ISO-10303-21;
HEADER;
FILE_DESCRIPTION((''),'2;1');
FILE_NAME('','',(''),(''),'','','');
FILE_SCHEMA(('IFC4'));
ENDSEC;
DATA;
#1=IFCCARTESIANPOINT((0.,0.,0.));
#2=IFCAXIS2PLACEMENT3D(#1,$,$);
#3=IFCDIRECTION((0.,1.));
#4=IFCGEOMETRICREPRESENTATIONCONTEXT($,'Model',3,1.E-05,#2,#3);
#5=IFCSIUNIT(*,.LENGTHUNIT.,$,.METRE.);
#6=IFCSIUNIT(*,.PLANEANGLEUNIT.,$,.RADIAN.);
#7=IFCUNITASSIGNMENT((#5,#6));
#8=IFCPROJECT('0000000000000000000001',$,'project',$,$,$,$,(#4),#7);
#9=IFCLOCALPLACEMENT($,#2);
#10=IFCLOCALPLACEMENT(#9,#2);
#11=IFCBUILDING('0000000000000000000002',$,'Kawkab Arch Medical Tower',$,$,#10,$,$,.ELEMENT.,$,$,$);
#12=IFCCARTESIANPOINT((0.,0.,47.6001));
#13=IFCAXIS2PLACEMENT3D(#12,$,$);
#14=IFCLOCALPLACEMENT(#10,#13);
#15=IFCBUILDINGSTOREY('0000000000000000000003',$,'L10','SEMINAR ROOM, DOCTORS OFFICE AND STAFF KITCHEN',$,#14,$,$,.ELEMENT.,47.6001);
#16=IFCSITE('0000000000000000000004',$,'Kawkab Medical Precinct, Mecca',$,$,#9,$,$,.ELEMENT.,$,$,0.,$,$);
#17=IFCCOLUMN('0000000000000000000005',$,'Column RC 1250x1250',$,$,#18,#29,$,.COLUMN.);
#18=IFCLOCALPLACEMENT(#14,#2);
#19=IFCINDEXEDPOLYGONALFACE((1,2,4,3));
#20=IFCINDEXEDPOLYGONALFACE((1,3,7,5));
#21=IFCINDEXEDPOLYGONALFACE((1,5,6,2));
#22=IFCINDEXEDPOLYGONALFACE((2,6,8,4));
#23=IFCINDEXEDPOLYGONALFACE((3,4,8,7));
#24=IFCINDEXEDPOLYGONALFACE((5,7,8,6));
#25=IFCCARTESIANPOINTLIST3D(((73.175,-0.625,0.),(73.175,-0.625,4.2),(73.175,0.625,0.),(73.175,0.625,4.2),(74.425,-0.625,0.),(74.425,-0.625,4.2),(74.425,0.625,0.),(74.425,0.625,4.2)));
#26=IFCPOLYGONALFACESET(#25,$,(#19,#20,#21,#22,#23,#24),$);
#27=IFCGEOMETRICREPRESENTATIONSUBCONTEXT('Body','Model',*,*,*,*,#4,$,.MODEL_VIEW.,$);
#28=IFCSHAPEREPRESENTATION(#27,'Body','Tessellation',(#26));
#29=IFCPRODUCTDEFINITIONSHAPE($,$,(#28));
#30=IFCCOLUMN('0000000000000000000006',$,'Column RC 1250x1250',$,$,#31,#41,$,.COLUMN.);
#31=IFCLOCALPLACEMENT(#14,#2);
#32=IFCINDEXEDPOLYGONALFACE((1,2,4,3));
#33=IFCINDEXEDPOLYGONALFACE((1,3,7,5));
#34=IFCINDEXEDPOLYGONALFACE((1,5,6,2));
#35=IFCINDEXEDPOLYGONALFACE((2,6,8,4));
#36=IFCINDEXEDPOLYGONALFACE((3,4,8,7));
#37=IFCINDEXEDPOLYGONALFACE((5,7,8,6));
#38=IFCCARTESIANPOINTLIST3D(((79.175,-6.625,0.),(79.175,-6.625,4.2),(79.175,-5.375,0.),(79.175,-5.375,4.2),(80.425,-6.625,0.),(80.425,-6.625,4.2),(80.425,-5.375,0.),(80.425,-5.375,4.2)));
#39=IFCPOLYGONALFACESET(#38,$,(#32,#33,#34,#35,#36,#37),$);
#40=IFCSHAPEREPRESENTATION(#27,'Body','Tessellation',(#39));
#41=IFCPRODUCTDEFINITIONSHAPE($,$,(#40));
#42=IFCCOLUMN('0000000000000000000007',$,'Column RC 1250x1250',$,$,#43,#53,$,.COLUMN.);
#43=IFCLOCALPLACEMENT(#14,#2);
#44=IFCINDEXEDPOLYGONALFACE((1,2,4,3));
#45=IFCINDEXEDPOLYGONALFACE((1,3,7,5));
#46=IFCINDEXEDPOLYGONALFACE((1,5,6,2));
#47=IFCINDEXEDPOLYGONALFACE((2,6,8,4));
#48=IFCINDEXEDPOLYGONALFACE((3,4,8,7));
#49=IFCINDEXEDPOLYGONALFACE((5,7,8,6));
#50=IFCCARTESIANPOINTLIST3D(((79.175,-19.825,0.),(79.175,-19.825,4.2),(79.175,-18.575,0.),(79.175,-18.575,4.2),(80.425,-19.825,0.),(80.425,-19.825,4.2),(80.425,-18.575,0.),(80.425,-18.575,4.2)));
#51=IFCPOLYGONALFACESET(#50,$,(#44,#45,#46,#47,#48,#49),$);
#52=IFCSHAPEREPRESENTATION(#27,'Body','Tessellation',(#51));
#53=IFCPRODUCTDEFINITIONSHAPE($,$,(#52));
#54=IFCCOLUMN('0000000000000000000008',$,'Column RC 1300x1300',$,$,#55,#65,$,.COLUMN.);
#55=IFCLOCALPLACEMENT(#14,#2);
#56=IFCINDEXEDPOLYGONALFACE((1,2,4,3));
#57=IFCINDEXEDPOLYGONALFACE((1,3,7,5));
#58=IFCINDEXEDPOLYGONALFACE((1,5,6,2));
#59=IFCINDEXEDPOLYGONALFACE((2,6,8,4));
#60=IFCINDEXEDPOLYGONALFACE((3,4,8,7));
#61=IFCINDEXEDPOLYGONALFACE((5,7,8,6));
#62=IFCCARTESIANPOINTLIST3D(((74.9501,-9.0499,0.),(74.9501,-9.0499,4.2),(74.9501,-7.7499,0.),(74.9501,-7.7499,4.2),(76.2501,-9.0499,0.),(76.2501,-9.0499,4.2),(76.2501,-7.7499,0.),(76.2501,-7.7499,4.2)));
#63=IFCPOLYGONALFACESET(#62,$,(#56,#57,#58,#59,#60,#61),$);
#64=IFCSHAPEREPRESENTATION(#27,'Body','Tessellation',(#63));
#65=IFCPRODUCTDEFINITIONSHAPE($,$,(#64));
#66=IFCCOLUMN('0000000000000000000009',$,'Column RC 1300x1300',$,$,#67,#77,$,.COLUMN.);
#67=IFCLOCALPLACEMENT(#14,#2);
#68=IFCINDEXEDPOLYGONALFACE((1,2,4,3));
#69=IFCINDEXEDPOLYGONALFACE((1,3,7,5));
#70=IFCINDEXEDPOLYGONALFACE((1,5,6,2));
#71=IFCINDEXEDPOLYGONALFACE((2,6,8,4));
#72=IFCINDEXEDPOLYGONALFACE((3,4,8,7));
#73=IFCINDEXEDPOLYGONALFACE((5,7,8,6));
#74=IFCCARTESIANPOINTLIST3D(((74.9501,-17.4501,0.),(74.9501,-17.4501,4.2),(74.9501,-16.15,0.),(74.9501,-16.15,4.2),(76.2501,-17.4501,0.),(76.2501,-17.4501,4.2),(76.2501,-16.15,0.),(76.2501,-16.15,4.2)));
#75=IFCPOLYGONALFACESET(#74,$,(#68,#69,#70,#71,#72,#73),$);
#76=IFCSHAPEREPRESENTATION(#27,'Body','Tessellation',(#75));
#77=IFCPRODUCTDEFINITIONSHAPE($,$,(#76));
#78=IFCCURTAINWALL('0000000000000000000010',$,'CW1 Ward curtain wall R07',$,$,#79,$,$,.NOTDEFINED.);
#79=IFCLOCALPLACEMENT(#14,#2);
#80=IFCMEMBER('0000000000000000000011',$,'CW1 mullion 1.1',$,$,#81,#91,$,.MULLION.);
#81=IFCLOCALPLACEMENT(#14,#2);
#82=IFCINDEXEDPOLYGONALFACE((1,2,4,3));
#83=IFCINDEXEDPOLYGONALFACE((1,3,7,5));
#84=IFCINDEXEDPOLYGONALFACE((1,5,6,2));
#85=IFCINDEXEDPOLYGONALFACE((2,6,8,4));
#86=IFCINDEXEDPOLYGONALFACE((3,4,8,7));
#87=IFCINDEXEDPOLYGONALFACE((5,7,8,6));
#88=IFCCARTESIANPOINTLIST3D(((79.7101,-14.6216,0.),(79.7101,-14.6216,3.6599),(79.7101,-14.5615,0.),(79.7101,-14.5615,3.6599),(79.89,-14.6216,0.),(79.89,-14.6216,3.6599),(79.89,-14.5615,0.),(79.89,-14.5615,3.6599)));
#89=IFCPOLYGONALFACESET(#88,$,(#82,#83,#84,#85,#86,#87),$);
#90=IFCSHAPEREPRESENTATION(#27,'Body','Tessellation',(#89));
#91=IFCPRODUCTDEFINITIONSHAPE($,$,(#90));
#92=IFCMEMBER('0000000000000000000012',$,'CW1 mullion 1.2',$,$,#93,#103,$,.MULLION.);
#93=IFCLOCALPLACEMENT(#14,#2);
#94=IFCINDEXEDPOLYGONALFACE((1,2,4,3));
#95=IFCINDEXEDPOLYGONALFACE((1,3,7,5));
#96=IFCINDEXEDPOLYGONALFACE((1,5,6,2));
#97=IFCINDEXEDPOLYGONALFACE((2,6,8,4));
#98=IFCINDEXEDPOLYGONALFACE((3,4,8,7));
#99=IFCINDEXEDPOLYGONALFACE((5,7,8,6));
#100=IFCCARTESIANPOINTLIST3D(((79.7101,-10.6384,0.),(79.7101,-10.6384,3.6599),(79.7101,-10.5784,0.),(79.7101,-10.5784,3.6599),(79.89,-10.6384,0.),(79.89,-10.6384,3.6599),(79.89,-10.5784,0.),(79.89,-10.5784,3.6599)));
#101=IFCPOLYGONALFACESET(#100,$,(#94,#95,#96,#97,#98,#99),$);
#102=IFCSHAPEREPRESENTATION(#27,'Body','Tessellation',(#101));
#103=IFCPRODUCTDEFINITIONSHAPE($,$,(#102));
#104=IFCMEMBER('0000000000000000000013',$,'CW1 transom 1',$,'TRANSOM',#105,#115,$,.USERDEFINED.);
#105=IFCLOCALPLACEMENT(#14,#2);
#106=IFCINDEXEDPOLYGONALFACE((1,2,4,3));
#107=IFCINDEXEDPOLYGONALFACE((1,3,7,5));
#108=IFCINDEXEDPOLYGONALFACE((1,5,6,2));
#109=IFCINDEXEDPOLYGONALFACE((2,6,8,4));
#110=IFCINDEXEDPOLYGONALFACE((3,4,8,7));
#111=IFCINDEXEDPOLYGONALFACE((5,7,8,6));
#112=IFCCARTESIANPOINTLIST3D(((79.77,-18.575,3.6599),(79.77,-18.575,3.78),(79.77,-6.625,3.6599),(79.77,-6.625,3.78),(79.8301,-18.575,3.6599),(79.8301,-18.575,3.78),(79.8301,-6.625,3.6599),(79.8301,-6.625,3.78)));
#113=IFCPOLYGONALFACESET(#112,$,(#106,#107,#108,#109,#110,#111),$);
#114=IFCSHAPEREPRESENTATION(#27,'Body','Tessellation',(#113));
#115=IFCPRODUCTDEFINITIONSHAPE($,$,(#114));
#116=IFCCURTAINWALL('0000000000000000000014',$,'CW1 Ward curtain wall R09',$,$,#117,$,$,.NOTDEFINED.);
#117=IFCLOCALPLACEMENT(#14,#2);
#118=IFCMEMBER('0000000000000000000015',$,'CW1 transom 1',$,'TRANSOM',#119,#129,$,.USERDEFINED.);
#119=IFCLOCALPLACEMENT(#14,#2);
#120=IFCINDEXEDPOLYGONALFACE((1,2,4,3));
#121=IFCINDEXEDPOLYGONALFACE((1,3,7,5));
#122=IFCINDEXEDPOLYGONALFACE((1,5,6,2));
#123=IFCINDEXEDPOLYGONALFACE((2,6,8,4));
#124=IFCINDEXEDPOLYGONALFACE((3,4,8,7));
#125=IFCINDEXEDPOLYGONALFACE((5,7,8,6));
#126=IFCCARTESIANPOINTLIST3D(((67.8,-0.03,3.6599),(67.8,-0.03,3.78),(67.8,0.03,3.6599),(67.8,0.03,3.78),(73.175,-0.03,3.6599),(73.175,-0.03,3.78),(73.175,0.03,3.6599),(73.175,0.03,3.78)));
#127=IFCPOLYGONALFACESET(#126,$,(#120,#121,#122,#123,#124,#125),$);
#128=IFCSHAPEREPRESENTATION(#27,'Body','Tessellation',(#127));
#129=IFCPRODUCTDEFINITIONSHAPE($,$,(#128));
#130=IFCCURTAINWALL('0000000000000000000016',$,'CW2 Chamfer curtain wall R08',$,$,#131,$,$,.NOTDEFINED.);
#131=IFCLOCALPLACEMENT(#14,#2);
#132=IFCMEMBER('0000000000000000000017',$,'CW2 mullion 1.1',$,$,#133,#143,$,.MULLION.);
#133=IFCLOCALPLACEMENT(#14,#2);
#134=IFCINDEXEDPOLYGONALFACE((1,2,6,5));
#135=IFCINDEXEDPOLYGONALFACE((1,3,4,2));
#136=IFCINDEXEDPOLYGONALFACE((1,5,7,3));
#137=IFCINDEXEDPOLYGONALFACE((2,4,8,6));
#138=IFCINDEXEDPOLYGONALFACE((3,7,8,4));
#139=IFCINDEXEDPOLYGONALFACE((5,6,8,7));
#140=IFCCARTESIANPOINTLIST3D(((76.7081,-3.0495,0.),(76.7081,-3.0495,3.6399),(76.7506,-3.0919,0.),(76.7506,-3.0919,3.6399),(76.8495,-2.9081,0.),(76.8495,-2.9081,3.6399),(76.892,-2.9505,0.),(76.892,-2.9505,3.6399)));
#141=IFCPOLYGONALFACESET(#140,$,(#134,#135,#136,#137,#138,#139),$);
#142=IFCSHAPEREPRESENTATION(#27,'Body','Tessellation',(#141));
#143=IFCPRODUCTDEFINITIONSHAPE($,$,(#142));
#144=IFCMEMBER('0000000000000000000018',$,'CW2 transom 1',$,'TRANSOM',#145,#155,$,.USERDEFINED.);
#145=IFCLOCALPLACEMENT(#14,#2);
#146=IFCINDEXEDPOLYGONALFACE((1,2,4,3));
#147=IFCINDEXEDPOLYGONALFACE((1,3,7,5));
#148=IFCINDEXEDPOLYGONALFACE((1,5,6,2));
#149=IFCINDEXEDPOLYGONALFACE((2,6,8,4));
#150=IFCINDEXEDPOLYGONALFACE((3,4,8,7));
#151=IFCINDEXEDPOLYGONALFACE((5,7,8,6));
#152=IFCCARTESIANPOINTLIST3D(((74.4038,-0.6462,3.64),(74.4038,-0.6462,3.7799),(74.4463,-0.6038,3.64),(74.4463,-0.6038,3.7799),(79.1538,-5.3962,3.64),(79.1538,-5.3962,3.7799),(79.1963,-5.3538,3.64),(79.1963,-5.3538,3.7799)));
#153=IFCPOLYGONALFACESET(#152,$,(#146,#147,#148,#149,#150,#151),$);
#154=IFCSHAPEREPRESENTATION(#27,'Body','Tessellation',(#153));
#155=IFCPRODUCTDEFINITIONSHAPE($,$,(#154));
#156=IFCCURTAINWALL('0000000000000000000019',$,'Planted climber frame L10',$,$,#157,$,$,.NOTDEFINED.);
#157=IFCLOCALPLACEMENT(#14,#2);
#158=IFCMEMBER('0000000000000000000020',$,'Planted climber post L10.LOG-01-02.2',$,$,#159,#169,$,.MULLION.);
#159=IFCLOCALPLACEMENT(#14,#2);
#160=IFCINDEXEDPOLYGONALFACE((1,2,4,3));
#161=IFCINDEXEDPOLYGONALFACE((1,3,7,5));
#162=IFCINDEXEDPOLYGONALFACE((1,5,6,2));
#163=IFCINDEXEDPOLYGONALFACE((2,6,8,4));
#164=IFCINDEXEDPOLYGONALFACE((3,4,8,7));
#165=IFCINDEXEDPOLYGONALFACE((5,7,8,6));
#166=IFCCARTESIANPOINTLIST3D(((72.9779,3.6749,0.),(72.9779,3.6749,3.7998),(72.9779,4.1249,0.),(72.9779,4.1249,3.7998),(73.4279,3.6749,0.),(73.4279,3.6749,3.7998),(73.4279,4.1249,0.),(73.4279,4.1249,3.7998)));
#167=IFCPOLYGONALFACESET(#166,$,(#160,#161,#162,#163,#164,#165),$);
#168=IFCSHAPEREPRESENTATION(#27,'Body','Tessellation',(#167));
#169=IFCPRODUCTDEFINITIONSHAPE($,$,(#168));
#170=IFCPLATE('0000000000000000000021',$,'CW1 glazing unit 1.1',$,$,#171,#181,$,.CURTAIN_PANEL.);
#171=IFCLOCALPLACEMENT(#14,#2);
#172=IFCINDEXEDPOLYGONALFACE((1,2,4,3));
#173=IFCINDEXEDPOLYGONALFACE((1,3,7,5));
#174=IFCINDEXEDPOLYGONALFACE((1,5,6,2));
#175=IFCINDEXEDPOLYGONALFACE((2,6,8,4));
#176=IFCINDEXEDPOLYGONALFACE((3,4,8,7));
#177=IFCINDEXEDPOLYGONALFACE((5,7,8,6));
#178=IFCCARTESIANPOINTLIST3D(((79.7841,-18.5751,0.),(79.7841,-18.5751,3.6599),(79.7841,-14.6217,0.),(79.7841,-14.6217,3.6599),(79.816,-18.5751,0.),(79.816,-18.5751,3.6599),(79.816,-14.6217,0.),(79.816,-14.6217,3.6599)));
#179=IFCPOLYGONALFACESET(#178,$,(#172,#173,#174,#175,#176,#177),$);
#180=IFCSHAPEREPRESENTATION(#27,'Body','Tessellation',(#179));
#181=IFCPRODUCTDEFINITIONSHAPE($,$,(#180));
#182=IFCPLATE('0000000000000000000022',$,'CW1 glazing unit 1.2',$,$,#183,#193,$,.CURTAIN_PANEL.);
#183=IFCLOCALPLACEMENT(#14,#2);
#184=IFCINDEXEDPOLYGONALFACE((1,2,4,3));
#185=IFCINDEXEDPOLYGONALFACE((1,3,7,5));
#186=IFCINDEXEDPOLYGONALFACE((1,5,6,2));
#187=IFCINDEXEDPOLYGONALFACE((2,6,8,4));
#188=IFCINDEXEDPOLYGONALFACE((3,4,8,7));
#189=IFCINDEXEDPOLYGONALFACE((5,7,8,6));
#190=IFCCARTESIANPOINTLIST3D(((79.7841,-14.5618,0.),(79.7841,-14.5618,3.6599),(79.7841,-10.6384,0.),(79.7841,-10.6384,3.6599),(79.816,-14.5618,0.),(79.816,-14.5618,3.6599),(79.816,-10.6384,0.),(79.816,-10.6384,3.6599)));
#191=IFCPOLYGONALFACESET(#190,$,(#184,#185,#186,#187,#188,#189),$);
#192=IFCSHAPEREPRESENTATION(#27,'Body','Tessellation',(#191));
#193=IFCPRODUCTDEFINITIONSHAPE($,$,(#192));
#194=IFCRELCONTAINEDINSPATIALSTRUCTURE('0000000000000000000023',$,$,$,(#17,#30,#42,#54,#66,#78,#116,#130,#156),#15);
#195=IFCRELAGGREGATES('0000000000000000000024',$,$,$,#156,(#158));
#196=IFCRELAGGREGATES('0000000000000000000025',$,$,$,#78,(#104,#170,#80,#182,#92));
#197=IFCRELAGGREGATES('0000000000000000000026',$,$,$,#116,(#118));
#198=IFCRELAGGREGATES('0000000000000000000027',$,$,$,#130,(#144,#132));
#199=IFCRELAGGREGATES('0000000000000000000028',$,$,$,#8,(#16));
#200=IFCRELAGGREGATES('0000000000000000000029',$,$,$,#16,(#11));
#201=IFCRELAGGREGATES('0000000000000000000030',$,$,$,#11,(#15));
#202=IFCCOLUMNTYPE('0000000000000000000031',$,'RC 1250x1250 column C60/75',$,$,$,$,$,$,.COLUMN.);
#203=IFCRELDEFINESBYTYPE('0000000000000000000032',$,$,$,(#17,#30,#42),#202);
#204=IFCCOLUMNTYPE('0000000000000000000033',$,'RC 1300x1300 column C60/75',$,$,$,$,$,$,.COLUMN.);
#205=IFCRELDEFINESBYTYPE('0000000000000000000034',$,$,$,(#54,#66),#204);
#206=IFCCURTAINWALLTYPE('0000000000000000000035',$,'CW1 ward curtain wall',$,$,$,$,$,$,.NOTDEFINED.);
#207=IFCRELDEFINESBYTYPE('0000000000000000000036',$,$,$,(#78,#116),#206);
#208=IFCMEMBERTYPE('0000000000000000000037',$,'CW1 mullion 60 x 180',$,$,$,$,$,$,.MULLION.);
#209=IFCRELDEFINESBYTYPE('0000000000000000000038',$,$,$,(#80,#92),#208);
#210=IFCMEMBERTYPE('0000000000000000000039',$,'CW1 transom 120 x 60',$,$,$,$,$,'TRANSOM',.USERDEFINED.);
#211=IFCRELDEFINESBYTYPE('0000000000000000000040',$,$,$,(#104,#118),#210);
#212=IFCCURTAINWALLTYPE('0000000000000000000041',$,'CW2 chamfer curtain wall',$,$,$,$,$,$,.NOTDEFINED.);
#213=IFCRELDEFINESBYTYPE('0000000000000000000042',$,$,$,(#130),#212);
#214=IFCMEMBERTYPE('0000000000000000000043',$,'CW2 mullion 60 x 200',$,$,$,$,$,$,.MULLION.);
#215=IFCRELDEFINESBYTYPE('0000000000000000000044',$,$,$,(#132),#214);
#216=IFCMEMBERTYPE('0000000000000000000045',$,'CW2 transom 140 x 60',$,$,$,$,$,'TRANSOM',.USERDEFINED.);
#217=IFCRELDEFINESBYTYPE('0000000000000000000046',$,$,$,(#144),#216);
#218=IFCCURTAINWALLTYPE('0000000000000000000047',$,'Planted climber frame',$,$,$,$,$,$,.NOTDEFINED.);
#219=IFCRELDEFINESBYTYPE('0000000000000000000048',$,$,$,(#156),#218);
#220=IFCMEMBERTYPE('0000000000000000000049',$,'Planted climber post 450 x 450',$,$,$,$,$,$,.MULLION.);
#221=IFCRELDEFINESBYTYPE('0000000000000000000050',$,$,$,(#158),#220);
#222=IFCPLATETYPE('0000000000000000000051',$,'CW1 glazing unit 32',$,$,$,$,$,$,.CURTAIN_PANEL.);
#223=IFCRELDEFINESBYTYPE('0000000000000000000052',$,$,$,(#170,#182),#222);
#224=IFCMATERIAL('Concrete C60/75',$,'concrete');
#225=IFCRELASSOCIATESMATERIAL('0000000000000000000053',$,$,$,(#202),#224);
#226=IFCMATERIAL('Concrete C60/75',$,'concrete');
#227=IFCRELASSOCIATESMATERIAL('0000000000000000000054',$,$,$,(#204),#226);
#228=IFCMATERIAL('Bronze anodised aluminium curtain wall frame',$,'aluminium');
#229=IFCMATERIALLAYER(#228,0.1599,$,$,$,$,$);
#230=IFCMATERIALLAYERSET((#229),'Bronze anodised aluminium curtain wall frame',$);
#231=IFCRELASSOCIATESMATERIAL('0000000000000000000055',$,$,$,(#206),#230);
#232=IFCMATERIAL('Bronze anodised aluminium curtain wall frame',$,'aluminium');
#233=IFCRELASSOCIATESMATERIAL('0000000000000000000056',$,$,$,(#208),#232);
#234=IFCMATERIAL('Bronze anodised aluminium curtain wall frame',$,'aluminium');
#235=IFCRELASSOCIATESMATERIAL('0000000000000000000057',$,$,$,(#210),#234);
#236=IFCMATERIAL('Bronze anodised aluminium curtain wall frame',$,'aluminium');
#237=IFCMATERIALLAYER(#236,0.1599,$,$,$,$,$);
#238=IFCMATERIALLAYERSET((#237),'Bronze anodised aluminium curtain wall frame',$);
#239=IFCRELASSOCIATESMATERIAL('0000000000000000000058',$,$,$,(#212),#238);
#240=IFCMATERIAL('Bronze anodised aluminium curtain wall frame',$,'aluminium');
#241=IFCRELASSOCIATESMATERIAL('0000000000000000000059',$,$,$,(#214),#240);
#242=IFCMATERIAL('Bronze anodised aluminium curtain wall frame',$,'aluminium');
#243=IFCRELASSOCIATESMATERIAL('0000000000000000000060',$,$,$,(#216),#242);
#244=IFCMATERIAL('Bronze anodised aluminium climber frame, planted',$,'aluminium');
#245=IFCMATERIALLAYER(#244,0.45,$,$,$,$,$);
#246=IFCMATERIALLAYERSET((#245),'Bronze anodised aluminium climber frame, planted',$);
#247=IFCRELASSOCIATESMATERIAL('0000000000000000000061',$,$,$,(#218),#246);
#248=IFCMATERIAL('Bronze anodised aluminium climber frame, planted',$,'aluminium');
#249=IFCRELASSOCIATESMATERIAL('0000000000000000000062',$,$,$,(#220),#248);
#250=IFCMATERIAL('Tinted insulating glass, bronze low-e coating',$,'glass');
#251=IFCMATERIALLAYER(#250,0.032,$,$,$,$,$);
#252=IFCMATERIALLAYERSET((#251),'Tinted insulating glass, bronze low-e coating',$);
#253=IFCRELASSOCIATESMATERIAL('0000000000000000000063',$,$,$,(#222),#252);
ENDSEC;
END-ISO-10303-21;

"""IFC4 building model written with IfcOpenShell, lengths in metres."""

from ifc_helpers import new_model, si_unit, direction, frame, origin, origin_2d, place, context, subcontext, project, spatial, rectangle, extrude, material, layer, layer_set, material_profile, profile_set, type_object, element, aggregate, save


model = new_model("IFC4")

# Units and contexts
model_context = context("Model", 3, precision=1e-05, world=origin(), true_north=direction((0.0, 1.0)))
body_context = subcontext(model_context, "Body", "Model", "MODEL_VIEW")
ifc_project = project(units=[si_unit("LENGTHUNIT", "METRE"), si_unit("PLANEANGLEUNIT", "RADIAN")], contexts=[model_context])

# Site, building, storey
site_placement = place(None, origin())
site = spatial("IfcSite", under=ifc_project, at=site_placement, Name="Kawkab Medical Precinct, Mecca", CompositionType="ELEMENT", RefElevation=0.0)
building_placement = place(site_placement, origin())
building = spatial("IfcBuilding", under=site, at=building_placement, Name="Kawkab Arch Medical Tower", CompositionType="ELEMENT")
storey_placement = place(building_placement, frame((0.0, 0.0, 47.6001)))
storey = spatial("IfcBuildingStorey", under=building, at=storey_placement, Name="L10", Description="SEMINAR ROOM, DOCTORS OFFICE AND STAFF KITCHEN", CompositionType="ELEMENT", Elevation=47.6001)

# Columns
ifc_material_1 = material(Name="Concrete C60/75", Category="concrete")
ifc_material_profile_1 = material_profile(ifc_material_1, rectangle(XDim=1.25, YDim=1.25, at=origin_2d()), Name="RC 1250x1250")
ifc_profile_set_1 = profile_set([ifc_material_profile_1], Name="Concrete C60/75")
column_type_1 = type_object("IfcColumnType", Name="RC 1250x1250 column C60/75", PredefinedType="COLUMN", material=ifc_profile_set_1)
for number, where, z_axis, x_axis, name in (
    (1, (73.8, 0.0, 0.0), (0.0, 0.0, 1.0), (1.0, 0.0, 0.0), "Column RC 1250x1250"),
    (2, (79.8, -6.0, 0.0), (0.0, 0.0, 1.0), (1.0, 0.0, 0.0), "Column RC 1250x1250"),
    (3, (79.8, -19.2, 0.0), (0.0, 0.0, 1.0), (1.0, 0.0, 0.0), "Column RC 1250x1250"),
):
    element("IfcColumn", number, at=place(storey_placement, frame(where, z_axis=z_axis, x_axis=x_axis)), inside=storey, type_object=column_type_1, Name=name, PredefinedType="COLUMN", context=body_context, shape_type="SweptSolid", body=[
        extrude(rectangle(XDim=1.25, YDim=1.25, at=origin_2d()), origin(), (0.0, 0.0, 1.0), 4.2),
    ])
ifc_material_2 = material(Name="Concrete C60/75", Category="concrete")
ifc_material_profile_2 = material_profile(ifc_material_2, rectangle(XDim=1.3, YDim=1.3, at=origin_2d()), Name="RC 1300x1300")
ifc_profile_set_2 = profile_set([ifc_material_profile_2], Name="Concrete C60/75")
column_type_2 = type_object("IfcColumnType", Name="RC 1300x1300 column C60/75", PredefinedType="COLUMN", material=ifc_profile_set_2)
for number, where, z_axis, x_axis, name in (
    (4, (75.6001, -8.3999, 0.0), (0.0, 0.0, 1.0), (1.0, 0.0, 0.0), "Column RC 1300x1300"),
    (5, (75.6001, -16.8, 0.0), (0.0, 0.0, 1.0), (1.0, 0.0, 0.0), "Column RC 1300x1300"),
):
    element("IfcColumn", number, at=place(storey_placement, frame(where, z_axis=z_axis, x_axis=x_axis)), inside=storey, type_object=column_type_2, Name=name, PredefinedType="COLUMN", context=body_context, shape_type="SweptSolid", body=[
        extrude(rectangle(XDim=1.3, YDim=1.3, at=origin_2d()), origin(), (0.0, 0.0, 1.0), 4.2),
    ])

# Curtain wall, members
ifc_material_3 = material(Name="Bronze anodised aluminium curtain wall frame", Category="aluminium")
ifc_layer_1 = layer(ifc_material_3, 0.1599)
ifc_layer_set_1 = layer_set([ifc_layer_1], Name="Bronze anodised aluminium curtain wall frame")
curtain_wall_type_1 = type_object("IfcCurtainWallType", Name="CW1 ward curtain wall", PredefinedType="NOTDEFINED", material=ifc_layer_set_1)
placement = place(storey_placement, origin())
curtain_wall_1 = element("IfcCurtainWall", 6, at=placement, inside=storey, type_object=curtain_wall_type_1, Name="CW1 Ward curtain wall R07", PredefinedType="NOTDEFINED")
ifc_material_4 = material(Name="Bronze anodised aluminium curtain wall frame", Category="aluminium")
ifc_material_profile_3 = material_profile(ifc_material_4, rectangle(XDim=0.1799, YDim=0.0601, at=origin_2d()), Name="AL 60x180")
ifc_profile_set_3 = profile_set([ifc_material_profile_3], Name="Bronze anodised aluminium curtain wall frame")
member_type_1 = type_object("IfcMemberType", Name="CW1 mullion 60 x 180", PredefinedType="MULLION", material=ifc_profile_set_3)
member_1_placement = place(storey_placement, frame((79.8, -14.5916, 0.0), z_axis=(0.0, 0.0, 1.0), x_axis=(-1.0, 0.0, 0.0)))
member_1 = element("IfcMember", 7, at=member_1_placement, type_object=member_type_1, Name="CW1 mullion 1.1", PredefinedType="MULLION", context=body_context, shape_type="SweptSolid", body=[
    extrude(rectangle(XDim=0.1799, YDim=0.0601, at=origin_2d()), origin(), (0.0, 0.0, 1.0), 3.6599),
])
member_2_placement = place(storey_placement, frame((79.8, -10.6084, 0.0), z_axis=(0.0, 0.0, 1.0), x_axis=(-1.0, 0.0, 0.0)))
member_2 = element("IfcMember", 8, at=member_2_placement, type_object=member_type_1, Name="CW1 mullion 1.2", PredefinedType="MULLION", context=body_context, shape_type="SweptSolid", body=[
    extrude(rectangle(XDim=0.1799, YDim=0.0601, at=origin_2d()), origin(), (0.0, 0.0, 1.0), 3.6599),
])
ifc_material_5 = material(Name="Bronze anodised aluminium curtain wall frame", Category="aluminium")
ifc_material_profile_4 = material_profile(ifc_material_5, rectangle(XDim=0.0601, YDim=0.1201, at=origin_2d()), Name="AL 60x120")
ifc_profile_set_4 = profile_set([ifc_material_profile_4], Name="Bronze anodised aluminium curtain wall frame")
member_type_2 = type_object("IfcMemberType", Name="CW1 transom 120 x 60", ElementType="TRANSOM", PredefinedType="USERDEFINED", material=ifc_profile_set_4)
member_3_placement = place(storey_placement, frame((79.8, -18.575, 3.72), z_axis=(0.0, 1.0, 0.0), x_axis=(-1.0, 0.0, 0.0)))
member_3 = element("IfcMember", 9, at=member_3_placement, type_object=member_type_2, Name="CW1 transom 1", ObjectType="TRANSOM", PredefinedType="USERDEFINED", context=body_context, shape_type="SweptSolid", body=[
    extrude(rectangle(XDim=0.0601, YDim=0.1201, at=origin_2d()), origin(), (0.0, 0.0, 1.0), 11.95),
])

# Curtain wall, member
curtain_wall_2 = element("IfcCurtainWall", 10, at=placement, inside=storey, type_object=curtain_wall_type_1, Name="CW1 Ward curtain wall R09", PredefinedType="NOTDEFINED")
member_4_placement = place(storey_placement, frame((73.175, 0.0, 3.72), z_axis=(-1.0, 0.0, 0.0), x_axis=(0.0, -1.0, 0.0)))
member_4 = element("IfcMember", 11, at=member_4_placement, type_object=member_type_2, Name="CW1 transom 1", ObjectType="TRANSOM", PredefinedType="USERDEFINED", context=body_context, shape_type="SweptSolid", body=[
    extrude(rectangle(XDim=0.0601, YDim=0.1201, at=origin_2d()), origin(), (0.0, 0.0, 1.0), 5.375),
])

# Curtain wall, members
ifc_material_6 = material(Name="Bronze anodised aluminium curtain wall frame", Category="aluminium")
ifc_layer_2 = layer(ifc_material_6, 0.1599)
ifc_layer_set_2 = layer_set([ifc_layer_2], Name="Bronze anodised aluminium curtain wall frame")
curtain_wall_type_2 = type_object("IfcCurtainWallType", Name="CW2 chamfer curtain wall", PredefinedType="NOTDEFINED", material=ifc_layer_set_2)
curtain_wall_3 = element("IfcCurtainWall", 12, at=placement, inside=storey, type_object=curtain_wall_type_2, Name="CW2 Chamfer curtain wall R08", PredefinedType="NOTDEFINED")
ifc_material_7 = material(Name="Bronze anodised aluminium curtain wall frame", Category="aluminium")
ifc_material_profile_5 = material_profile(ifc_material_7, rectangle(XDim=0.2, YDim=0.0601, at=origin_2d()), Name="AL 60x200")
ifc_profile_set_5 = profile_set([ifc_material_profile_5], Name="Bronze anodised aluminium curtain wall frame")
member_type_3 = type_object("IfcMemberType", Name="CW2 mullion 60 x 200", PredefinedType="MULLION", material=ifc_profile_set_5)
member_5_placement = place(storey_placement, frame((76.8, -3.0, 0.0), z_axis=(0.0, 0.0, 1.0), x_axis=(-0.707107, -0.707107, 0.0)))
member_5 = element("IfcMember", 13, at=member_5_placement, type_object=member_type_3, Name="CW2 mullion 1.1", PredefinedType="MULLION", context=body_context, shape_type="SweptSolid", body=[
    extrude(rectangle(XDim=0.2, YDim=0.0601, at=origin_2d()), origin(), (0.0, 0.0, 1.0), 3.6399),
])
ifc_material_8 = material(Name="Bronze anodised aluminium curtain wall frame", Category="aluminium")
ifc_material_profile_6 = material_profile(ifc_material_8, rectangle(XDim=0.0601, YDim=0.1399, at=origin_2d()), Name="AL 60x140")
ifc_profile_set_6 = profile_set([ifc_material_profile_6], Name="Bronze anodised aluminium curtain wall frame")
member_type_4 = type_object("IfcMemberType", Name="CW2 transom 140 x 60", ElementType="TRANSOM", PredefinedType="USERDEFINED", material=ifc_profile_set_6)
member_6_placement = place(storey_placement, frame((79.175, -5.375, 3.71), z_axis=(-0.707107, 0.707107, 0.0), x_axis=(-0.707107, -0.707107, 0.0)))
member_6 = element("IfcMember", 14, at=member_6_placement, type_object=member_type_4, Name="CW2 transom 1", ObjectType="TRANSOM", PredefinedType="USERDEFINED", context=body_context, shape_type="SweptSolid", body=[
    extrude(rectangle(XDim=0.0601, YDim=0.1399, at=origin_2d()), origin(), (0.0, 0.0, 1.0), 6.7175),
])

# Curtain wall, member
ifc_material_9 = material(Name="Bronze anodised aluminium climber frame, planted", Category="aluminium")
ifc_layer_3 = layer(ifc_material_9, 0.45)
ifc_layer_set_3 = layer_set([ifc_layer_3], Name="Bronze anodised aluminium climber frame, planted")
curtain_wall_type_3 = type_object("IfcCurtainWallType", Name="Planted climber frame", PredefinedType="NOTDEFINED", material=ifc_layer_set_3)
curtain_wall_4 = element("IfcCurtainWall", 15, at=placement, inside=storey, type_object=curtain_wall_type_3, Name="Planted climber frame L10", PredefinedType="NOTDEFINED")
ifc_material_10 = material(Name="Bronze anodised aluminium climber frame, planted", Category="aluminium")
ifc_material_profile_7 = material_profile(ifc_material_10, rectangle(XDim=0.45, YDim=0.45, at=origin_2d()), Name="Post 450x450")
ifc_profile_set_7 = profile_set([ifc_material_profile_7], Name="Bronze anodised aluminium climber frame, planted")
member_type_5 = type_object("IfcMemberType", Name="Planted climber post 450 x 450", PredefinedType="MULLION", material=ifc_profile_set_7)
member_7_placement = place(storey_placement, frame((73.2029, 3.8999, 0.0), z_axis=(0.0, 0.0, 1.0), x_axis=(1.0, 0.0, 0.0)))
member_7 = element("IfcMember", 16, at=member_7_placement, type_object=member_type_5, Name="Planted climber post L10.LOG-01-02.2", PredefinedType="MULLION", context=body_context, shape_type="SweptSolid", body=[
    extrude(rectangle(XDim=0.45, YDim=0.45, at=origin_2d()), origin(), (0.0, 0.0, 1.0), 3.7998),
])
aggregate(curtain_wall_4, [member_7])

# Plates
ifc_material_11 = material(Name="Tinted insulating glass, bronze low-e coating", Category="glass")
ifc_layer_4 = layer(ifc_material_11, 0.032)
ifc_layer_set_4 = layer_set([ifc_layer_4], Name="Tinted insulating glass, bronze low-e coating")
plate_type_1 = type_object("IfcPlateType", Name="CW1 glazing unit 32", PredefinedType="CURTAIN_PANEL", material=ifc_layer_set_4)
plate_1_placement = place(storey_placement, frame((79.8, -16.5984, 0.0), z_axis=(0.0, 0.0, 1.0), x_axis=(0.0, 1.0, 0.0)))
plate_1 = element("IfcPlate", 17, at=plate_1_placement, type_object=plate_type_1, Name="CW1 glazing unit 1.1", PredefinedType="CURTAIN_PANEL", context=body_context, shape_type="SweptSolid", body=[
    extrude(rectangle(XDim=3.9534, YDim=0.032, at=origin_2d()), origin(), (0.0, 0.0, 1.0), 3.6599),
])
plate_2_placement = place(storey_placement, frame((79.8, -12.6001, 0.0), z_axis=(0.0, 0.0, 1.0), x_axis=(0.0, 1.0, 0.0)))
plate_2 = element("IfcPlate", 18, at=plate_2_placement, type_object=plate_type_1, Name="CW1 glazing unit 1.2", PredefinedType="CURTAIN_PANEL", context=body_context, shape_type="SweptSolid", body=[
    extrude(rectangle(XDim=3.9233, YDim=0.032, at=origin_2d()), origin(), (0.0, 0.0, 1.0), 3.6599),
])
aggregate(curtain_wall_1, [member_3, plate_1, member_1, plate_2, member_2])
aggregate(curtain_wall_2, [member_4])

aggregate(curtain_wall_3, [member_6, member_5])

save(model, "model.ifc")
